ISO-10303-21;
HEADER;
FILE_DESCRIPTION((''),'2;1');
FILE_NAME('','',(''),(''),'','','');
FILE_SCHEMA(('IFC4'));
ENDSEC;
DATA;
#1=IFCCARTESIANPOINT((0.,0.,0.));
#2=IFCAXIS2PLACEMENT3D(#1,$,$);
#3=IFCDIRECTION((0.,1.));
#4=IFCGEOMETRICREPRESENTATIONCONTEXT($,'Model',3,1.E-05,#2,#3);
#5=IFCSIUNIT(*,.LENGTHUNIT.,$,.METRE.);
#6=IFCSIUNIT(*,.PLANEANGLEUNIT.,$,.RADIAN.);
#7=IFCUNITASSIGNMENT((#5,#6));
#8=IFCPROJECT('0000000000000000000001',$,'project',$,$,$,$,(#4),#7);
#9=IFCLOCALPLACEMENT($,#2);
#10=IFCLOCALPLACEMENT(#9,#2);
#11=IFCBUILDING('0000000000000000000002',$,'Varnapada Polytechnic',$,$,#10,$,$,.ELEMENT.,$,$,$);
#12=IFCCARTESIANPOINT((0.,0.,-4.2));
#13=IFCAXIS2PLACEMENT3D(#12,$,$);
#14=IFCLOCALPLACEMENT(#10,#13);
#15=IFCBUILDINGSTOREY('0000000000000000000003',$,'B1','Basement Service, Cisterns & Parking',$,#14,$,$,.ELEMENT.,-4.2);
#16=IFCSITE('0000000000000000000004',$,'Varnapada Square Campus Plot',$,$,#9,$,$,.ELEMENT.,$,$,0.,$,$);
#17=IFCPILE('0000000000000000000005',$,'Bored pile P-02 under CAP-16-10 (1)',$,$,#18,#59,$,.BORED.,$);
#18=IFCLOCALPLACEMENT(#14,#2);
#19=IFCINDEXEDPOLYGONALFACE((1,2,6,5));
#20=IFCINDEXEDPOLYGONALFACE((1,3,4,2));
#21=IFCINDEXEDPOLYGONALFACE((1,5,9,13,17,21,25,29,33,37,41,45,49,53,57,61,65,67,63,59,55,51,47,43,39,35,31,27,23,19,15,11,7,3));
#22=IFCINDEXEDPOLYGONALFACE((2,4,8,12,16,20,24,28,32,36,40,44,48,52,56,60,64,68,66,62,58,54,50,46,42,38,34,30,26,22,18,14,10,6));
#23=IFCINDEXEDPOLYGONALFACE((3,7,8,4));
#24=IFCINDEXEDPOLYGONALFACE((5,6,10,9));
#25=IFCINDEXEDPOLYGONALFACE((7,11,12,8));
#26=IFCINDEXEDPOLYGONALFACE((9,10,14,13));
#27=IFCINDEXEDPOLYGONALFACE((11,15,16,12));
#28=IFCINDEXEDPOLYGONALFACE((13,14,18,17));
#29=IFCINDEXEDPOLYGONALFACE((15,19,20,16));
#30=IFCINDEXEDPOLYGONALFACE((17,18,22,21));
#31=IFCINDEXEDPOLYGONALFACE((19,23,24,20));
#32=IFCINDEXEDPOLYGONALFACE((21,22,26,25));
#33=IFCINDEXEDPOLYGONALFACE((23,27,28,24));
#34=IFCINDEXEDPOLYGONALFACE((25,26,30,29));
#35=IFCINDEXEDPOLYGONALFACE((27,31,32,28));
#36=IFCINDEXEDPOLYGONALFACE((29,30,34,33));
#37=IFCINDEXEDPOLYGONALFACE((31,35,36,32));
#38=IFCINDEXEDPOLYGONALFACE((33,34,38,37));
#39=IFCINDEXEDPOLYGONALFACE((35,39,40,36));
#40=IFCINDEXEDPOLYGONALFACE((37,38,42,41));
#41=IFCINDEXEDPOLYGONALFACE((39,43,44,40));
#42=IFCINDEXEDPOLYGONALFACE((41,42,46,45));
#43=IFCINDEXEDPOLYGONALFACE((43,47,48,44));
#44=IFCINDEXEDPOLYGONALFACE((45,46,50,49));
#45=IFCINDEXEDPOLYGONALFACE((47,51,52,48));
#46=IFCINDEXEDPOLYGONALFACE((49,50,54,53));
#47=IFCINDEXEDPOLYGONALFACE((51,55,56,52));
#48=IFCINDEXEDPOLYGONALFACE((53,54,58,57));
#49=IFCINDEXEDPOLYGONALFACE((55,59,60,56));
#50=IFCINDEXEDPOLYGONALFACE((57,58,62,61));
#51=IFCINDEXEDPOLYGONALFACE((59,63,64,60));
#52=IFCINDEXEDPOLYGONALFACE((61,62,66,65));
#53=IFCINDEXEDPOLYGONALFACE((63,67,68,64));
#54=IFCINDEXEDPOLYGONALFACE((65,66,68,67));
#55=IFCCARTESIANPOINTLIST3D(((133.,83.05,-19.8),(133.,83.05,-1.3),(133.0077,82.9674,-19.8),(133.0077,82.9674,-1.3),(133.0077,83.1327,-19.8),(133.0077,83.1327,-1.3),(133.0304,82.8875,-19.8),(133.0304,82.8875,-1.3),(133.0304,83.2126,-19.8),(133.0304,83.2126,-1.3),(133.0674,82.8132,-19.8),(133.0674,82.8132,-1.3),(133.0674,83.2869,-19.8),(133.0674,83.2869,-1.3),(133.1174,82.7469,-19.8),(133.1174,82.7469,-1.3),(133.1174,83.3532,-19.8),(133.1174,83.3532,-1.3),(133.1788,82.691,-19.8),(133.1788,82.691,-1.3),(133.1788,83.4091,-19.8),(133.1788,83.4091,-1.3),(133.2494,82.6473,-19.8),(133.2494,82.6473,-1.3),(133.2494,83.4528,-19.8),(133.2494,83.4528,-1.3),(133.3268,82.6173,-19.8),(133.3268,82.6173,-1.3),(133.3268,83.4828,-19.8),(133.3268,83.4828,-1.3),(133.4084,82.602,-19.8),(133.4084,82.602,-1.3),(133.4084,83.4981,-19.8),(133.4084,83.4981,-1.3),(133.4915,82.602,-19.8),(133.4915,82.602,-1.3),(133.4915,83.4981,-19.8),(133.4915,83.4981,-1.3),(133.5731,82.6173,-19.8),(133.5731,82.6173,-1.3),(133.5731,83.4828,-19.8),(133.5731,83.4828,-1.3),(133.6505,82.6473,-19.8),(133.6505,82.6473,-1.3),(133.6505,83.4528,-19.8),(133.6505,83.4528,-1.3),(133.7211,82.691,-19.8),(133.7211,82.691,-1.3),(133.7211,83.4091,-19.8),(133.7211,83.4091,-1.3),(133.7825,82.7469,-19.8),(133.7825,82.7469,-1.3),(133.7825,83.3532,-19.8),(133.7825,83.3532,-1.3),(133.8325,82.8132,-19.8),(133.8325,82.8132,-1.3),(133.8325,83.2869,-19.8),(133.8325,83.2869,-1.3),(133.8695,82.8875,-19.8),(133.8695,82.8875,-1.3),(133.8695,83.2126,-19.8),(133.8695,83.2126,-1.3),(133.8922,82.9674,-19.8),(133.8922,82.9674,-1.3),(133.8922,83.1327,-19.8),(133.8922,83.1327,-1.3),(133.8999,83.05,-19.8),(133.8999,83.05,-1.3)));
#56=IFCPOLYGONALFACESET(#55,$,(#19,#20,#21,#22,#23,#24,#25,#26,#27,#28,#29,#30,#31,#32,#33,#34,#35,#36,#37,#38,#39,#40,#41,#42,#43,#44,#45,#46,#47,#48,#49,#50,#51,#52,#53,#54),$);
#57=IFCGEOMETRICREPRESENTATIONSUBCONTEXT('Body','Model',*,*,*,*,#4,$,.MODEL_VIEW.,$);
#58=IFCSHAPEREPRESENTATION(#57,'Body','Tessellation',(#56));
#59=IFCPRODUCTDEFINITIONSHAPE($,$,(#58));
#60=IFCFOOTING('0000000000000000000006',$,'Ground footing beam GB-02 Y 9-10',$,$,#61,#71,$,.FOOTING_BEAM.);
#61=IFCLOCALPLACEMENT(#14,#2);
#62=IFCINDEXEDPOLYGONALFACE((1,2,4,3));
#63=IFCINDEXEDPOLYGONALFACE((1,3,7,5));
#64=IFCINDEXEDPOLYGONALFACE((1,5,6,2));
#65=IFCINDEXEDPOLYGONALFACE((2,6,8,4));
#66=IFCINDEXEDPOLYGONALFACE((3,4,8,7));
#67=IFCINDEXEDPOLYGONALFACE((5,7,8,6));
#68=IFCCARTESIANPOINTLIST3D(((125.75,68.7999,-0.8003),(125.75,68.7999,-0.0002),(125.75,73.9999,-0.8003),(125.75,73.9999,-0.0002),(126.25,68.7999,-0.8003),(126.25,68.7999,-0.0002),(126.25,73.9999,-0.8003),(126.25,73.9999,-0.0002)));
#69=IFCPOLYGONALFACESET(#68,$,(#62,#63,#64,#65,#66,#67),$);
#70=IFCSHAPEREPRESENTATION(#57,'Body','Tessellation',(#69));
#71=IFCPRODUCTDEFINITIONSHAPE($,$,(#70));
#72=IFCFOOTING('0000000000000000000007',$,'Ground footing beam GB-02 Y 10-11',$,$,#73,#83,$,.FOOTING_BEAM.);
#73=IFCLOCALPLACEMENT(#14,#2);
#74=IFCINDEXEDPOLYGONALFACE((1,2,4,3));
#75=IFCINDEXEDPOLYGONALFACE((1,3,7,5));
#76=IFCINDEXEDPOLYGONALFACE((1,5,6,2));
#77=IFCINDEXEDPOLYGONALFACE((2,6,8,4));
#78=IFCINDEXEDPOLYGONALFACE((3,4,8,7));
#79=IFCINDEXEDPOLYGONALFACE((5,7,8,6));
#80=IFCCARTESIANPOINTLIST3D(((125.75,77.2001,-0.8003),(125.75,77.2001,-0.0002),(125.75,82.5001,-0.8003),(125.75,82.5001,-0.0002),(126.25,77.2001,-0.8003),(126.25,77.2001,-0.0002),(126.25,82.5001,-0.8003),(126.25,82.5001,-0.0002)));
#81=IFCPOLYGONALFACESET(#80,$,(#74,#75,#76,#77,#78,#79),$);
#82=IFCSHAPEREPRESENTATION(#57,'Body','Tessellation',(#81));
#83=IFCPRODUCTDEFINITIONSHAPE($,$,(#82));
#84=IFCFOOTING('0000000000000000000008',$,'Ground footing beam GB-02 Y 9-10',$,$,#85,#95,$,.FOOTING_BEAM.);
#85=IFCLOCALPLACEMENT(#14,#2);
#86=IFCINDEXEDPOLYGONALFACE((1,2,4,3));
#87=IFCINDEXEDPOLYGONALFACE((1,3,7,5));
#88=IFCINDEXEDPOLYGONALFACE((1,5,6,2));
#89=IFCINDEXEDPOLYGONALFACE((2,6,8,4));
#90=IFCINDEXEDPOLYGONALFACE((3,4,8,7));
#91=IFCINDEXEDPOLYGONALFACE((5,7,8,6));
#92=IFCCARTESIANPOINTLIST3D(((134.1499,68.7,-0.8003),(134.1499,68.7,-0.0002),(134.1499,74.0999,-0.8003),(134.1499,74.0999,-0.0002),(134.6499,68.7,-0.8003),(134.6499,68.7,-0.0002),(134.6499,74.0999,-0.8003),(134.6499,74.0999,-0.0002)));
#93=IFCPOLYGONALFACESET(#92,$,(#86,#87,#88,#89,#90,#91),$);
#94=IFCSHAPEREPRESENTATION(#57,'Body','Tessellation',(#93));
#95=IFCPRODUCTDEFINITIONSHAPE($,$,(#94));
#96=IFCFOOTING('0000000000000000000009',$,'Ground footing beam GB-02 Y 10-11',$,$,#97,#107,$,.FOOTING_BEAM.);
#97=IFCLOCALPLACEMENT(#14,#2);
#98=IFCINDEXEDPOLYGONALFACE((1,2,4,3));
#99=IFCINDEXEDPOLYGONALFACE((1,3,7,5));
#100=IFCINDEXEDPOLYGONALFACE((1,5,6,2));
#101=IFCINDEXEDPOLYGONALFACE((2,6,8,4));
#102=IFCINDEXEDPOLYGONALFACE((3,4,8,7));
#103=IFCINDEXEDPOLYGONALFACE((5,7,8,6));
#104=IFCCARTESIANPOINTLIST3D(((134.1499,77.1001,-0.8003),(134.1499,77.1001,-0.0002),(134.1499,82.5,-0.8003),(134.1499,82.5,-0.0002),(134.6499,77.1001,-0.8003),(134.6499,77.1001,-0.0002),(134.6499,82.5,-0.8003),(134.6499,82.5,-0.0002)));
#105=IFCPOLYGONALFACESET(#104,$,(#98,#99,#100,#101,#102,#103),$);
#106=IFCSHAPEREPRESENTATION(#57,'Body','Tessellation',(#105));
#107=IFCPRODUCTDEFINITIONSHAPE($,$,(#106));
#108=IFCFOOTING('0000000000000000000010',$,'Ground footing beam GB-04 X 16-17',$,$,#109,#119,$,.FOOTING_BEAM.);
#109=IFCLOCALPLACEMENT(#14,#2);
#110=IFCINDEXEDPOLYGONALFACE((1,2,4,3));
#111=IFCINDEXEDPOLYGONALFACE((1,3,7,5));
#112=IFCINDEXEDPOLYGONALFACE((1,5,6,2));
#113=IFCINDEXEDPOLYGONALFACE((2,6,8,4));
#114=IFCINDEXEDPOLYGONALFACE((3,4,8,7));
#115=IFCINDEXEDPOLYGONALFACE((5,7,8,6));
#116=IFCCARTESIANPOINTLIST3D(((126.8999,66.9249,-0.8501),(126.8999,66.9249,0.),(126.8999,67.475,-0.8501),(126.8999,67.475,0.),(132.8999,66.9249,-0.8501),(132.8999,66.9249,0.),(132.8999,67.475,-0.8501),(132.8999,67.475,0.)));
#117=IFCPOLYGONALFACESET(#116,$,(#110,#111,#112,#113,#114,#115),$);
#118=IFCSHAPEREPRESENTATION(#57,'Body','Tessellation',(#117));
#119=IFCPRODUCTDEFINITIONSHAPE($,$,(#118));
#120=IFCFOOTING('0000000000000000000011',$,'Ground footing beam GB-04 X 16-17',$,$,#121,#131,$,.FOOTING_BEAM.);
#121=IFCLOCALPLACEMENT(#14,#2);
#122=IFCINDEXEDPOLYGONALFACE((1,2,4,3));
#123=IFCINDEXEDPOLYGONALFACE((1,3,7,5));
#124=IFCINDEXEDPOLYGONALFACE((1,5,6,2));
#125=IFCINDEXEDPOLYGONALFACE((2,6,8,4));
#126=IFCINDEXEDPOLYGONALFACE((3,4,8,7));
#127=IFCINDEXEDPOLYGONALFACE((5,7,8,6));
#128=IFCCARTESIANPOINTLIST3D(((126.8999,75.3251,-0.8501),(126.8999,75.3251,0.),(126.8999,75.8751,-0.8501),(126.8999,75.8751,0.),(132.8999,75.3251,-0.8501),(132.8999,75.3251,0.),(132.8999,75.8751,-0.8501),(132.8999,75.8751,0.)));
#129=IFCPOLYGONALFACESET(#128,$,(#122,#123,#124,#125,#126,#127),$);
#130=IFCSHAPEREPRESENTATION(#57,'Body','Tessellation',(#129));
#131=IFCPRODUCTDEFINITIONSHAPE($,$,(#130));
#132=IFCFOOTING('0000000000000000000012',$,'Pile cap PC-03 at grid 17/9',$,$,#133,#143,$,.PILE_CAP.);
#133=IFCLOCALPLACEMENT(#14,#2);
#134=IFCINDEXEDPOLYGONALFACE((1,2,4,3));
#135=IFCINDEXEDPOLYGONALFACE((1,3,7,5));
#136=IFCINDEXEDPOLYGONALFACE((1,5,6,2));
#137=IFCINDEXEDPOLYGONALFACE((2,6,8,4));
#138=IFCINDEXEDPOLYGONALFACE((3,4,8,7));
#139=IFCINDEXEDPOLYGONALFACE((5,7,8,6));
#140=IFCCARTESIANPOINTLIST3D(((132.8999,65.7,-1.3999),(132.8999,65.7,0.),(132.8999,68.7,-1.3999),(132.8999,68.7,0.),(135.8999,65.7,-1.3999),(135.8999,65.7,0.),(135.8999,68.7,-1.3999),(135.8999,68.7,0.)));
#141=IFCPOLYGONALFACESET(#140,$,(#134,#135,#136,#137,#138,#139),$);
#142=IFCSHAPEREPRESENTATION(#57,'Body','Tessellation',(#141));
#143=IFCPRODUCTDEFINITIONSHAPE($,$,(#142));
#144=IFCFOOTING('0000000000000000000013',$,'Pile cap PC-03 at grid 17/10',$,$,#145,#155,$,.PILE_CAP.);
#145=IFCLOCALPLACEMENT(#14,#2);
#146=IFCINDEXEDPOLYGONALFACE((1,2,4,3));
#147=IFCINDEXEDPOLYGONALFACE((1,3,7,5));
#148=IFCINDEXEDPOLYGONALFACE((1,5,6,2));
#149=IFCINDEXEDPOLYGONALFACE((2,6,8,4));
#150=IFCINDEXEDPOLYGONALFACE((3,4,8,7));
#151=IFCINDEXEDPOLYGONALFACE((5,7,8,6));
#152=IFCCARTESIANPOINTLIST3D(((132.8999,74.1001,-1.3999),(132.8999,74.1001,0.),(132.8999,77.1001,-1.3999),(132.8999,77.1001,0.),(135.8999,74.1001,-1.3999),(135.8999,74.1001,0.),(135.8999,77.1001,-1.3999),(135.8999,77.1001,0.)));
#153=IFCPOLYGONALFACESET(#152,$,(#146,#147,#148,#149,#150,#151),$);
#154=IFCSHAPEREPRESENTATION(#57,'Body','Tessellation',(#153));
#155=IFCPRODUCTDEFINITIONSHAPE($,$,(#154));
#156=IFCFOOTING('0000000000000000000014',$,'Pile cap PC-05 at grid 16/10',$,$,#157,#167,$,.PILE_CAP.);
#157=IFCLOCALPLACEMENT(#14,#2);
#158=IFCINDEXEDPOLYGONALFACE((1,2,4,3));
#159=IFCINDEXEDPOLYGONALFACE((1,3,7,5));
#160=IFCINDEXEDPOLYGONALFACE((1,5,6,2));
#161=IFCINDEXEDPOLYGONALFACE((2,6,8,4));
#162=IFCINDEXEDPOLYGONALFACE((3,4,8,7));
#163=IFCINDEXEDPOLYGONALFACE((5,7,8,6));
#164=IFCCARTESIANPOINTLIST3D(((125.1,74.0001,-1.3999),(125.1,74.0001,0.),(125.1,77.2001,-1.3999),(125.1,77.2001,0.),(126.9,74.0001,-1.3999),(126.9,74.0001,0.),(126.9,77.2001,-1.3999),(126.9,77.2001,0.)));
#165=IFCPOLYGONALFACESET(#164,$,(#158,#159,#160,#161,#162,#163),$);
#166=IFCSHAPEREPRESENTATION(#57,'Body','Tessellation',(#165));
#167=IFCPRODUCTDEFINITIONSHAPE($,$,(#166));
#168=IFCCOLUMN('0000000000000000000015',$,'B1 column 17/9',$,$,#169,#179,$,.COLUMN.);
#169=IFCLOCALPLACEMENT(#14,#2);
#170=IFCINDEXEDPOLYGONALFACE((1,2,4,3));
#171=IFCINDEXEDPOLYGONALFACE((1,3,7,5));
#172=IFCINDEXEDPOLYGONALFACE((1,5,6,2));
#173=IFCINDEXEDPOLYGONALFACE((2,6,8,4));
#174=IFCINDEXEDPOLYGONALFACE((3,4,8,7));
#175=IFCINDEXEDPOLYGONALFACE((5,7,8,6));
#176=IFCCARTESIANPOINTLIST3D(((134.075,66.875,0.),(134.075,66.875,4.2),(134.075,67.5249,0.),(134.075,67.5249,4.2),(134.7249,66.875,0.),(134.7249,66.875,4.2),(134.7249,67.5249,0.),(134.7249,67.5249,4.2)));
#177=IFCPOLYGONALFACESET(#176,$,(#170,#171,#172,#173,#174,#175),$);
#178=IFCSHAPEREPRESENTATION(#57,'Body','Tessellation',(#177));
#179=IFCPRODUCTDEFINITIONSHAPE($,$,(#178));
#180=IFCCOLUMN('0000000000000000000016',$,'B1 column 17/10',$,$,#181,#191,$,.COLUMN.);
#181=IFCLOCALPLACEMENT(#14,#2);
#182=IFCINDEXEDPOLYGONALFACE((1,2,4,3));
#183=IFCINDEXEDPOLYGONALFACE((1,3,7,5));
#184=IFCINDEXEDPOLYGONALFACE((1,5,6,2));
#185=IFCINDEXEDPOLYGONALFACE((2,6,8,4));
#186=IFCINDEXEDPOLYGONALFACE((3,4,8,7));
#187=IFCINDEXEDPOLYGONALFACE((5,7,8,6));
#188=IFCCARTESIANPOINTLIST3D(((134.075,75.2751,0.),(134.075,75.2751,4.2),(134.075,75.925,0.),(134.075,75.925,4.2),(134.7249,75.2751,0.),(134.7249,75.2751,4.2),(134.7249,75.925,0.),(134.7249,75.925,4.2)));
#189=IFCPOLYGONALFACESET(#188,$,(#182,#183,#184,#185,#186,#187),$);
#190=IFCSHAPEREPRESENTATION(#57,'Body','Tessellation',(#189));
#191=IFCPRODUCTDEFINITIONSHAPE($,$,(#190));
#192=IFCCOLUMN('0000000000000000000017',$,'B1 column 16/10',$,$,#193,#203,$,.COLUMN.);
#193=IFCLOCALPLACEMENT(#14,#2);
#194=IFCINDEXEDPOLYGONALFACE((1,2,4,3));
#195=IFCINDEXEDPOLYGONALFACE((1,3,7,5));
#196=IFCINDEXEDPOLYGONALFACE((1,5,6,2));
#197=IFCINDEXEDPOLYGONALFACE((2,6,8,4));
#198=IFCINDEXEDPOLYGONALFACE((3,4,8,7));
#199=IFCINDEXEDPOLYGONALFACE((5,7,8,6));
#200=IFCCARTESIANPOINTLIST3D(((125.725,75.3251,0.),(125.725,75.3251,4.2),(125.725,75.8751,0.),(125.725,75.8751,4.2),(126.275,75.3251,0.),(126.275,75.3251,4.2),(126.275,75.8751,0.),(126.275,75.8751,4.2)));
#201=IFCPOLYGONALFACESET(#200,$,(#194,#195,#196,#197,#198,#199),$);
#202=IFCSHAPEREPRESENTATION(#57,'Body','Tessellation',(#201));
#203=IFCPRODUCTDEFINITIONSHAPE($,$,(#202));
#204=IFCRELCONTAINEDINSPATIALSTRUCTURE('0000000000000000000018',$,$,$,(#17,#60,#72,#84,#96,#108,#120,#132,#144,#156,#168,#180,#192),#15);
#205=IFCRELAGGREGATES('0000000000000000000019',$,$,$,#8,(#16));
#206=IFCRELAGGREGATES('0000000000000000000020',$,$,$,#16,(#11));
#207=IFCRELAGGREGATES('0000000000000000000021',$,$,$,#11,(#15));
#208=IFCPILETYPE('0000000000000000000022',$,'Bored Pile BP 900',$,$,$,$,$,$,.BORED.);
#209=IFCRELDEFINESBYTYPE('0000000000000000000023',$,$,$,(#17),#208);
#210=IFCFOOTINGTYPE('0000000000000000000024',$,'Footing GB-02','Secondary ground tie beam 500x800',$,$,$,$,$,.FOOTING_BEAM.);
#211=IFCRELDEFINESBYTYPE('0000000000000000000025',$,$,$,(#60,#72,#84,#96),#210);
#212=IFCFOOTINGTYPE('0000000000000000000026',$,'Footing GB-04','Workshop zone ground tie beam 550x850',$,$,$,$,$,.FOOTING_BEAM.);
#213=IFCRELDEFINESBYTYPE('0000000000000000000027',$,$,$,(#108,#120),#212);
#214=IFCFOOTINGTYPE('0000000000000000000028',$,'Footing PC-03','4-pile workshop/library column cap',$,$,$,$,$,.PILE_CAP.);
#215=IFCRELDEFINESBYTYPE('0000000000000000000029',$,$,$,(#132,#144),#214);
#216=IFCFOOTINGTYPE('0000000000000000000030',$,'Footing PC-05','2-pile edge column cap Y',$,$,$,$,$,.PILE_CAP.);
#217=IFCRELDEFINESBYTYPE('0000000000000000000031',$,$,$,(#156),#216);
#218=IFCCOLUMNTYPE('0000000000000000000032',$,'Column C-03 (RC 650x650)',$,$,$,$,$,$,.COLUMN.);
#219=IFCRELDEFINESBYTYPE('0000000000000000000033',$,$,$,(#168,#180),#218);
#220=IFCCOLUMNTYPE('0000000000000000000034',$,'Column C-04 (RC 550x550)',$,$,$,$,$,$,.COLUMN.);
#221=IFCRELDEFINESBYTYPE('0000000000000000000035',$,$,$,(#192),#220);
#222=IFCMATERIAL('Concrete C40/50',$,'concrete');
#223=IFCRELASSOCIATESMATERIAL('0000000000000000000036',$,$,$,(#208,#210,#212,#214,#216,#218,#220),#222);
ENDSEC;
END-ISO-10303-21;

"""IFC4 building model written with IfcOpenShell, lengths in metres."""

from ifc_helpers import new_model, si_unit, direction, frame, origin, origin_2d, place, context, subcontext, project, spatial, rectangle, circle, extrude, material, material_profile, profile_set, type_object, element, save


model = new_model("IFC4")

# Units and contexts
model_context = context("Model", 3, precision=1e-05, world=origin(), true_north=direction((0.0, 1.0)))
body_context = subcontext(model_context, "Body", "Model", "MODEL_VIEW")
ifc_project = project(units=[si_unit("LENGTHUNIT", "METRE"), si_unit("PLANEANGLEUNIT", "RADIAN")], contexts=[model_context])

# Site, building, storey
site_placement = place(None, origin())
site = spatial("IfcSite", under=ifc_project, at=site_placement, Name="Varnapada Square Campus Plot", CompositionType="ELEMENT", RefElevation=0.0)
building_placement = place(site_placement, origin())
building = spatial("IfcBuilding", under=site, at=building_placement, Name="Varnapada Polytechnic", CompositionType="ELEMENT")
storey_placement = place(building_placement, frame((0.0, 0.0, -4.2)))
storey = spatial("IfcBuildingStorey", under=building, at=storey_placement, Name="B1", Description="Basement Service, Cisterns & Parking", CompositionType="ELEMENT", Elevation=-4.2)

# Pile
ifc_material_1 = material(Name="Concrete C40/50", Category="concrete")
ifc_material_profile_1 = material_profile(ifc_material_1, circle(Radius=0.45, at=origin_2d()), Name="BP 900")
ifc_profile_set_1 = profile_set([ifc_material_profile_1], Name="Concrete C40/50")
pile_type_1 = type_object("IfcPileType", Name="Bored Pile BP 900", PredefinedType="BORED", material=ifc_profile_set_1)
for number, where, z_axis, x_axis, name in (
    (1, (133.45, 83.05, -1.3), (0.0, 0.0, -1.0), (1.0, 0.0, 0.0), "Bored pile P-02 under CAP-16-10 (1)"),
):
    element("IfcPile", number, at=place(storey_placement, frame(where, z_axis=z_axis, x_axis=x_axis)), inside=storey, type_object=pile_type_1, Name=name, PredefinedType="BORED", context=body_context, shape_type="SweptSolid", body=[
        extrude(circle(Radius=0.45, at=origin_2d()), origin(), (0.0, 0.0, 1.0), 18.5),
    ])

# Footings
footing_type_1 = type_object("IfcFootingType", Name="Footing GB-02", Description="Secondary ground tie beam 500x800", PredefinedType="FOOTING_BEAM", material=ifc_material_1)
footing_1_placement = place(storey_placement, frame((126.0, 71.3999, -0.8003), z_axis=(0.0, 0.0, 1.0), x_axis=(0.0, 1.0, 0.0)))
element("IfcFooting", 2, at=footing_1_placement, inside=storey, type_object=footing_type_1, Name="Ground footing beam GB-02 Y 9-10", PredefinedType="FOOTING_BEAM", context=body_context, shape_type="SweptSolid", body=[
    extrude(rectangle(XDim=5.2, YDim=0.5, at=origin_2d()), origin(), (0.0, 0.0, 1.0), 0.8),
])
footing_2_placement = place(storey_placement, frame((126.0, 79.8501, -0.8003), z_axis=(0.0, 0.0, 1.0), x_axis=(0.0, 1.0, 0.0)))
element("IfcFooting", 3, at=footing_2_placement, inside=storey, type_object=footing_type_1, Name="Ground footing beam GB-02 Y 10-11", PredefinedType="FOOTING_BEAM", context=body_context, shape_type="SweptSolid", body=[
    extrude(rectangle(XDim=5.3, YDim=0.5, at=origin_2d()), origin(), (0.0, 0.0, 1.0), 0.8),
])
for number, where, z_axis, x_axis, name in (
    (4, (134.3999, 71.3999, -0.8003), (0.0, 0.0, 1.0), (0.0, 1.0, 0.0), "Ground footing beam GB-02 Y 9-10"),
    (5, (134.3999, 79.8, -0.8003), (0.0, 0.0, 1.0), (0.0, 1.0, 0.0), "Ground footing beam GB-02 Y 10-11"),
):
    element("IfcFooting", number, at=place(storey_placement, frame(where, z_axis=z_axis, x_axis=x_axis)), inside=storey, type_object=footing_type_1, Name=name, PredefinedType="FOOTING_BEAM", context=body_context, shape_type="SweptSolid", body=[
        extrude(rectangle(XDim=5.3999, YDim=0.5, at=origin_2d()), origin(), (0.0, 0.0, 1.0), 0.8),
    ])
footing_type_2 = type_object("IfcFootingType", Name="Footing GB-04", Description="Workshop zone ground tie beam 550x850", PredefinedType="FOOTING_BEAM", material=ifc_material_1)
for number, where, z_axis, x_axis, name in (
    (6, (129.8999, 67.2, -0.8501), (0.0, 0.0, 1.0), (1.0, 0.0, 0.0), "Ground footing beam GB-04 X 16-17"),
    (7, (129.8999, 75.6001, -0.8501), (0.0, 0.0, 1.0), (1.0, 0.0, 0.0), "Ground footing beam GB-04 X 16-17"),
):
    element("IfcFooting", number, at=place(storey_placement, frame(where, z_axis=z_axis, x_axis=x_axis)), inside=storey, type_object=footing_type_2, Name=name, PredefinedType="FOOTING_BEAM", context=body_context, shape_type="SweptSolid", body=[
        extrude(rectangle(XDim=6.0, YDim=0.55, at=origin_2d()), origin(), (0.0, 0.0, 1.0), 0.8501),
    ])
footing_type_3 = type_object("IfcFootingType", Name="Footing PC-03", Description="4-pile workshop/library column cap", PredefinedType="PILE_CAP", material=ifc_material_1)
for number, where, z_axis, x_axis, name in (
    (8, (134.3999, 67.2, -1.3999), (0.0, 0.0, 1.0), (1.0, 0.0, 0.0), "Pile cap PC-03 at grid 17/9"),
    (9, (134.3999, 75.6001, -1.3999), (0.0, 0.0, 1.0), (1.0, 0.0, 0.0), "Pile cap PC-03 at grid 17/10"),
):
    element("IfcFooting", number, at=place(storey_placement, frame(where, z_axis=z_axis, x_axis=x_axis)), inside=storey, type_object=footing_type_3, Name=name, PredefinedType="PILE_CAP", context=body_context, shape_type="SweptSolid", body=[
        extrude(rectangle(XDim=3.0, YDim=3.0, at=origin_2d()), origin(), (0.0, 0.0, 1.0), 1.3999),
    ])
footing_type_4 = type_object("IfcFootingType", Name="Footing PC-05", Description="2-pile edge column cap Y", PredefinedType="PILE_CAP", material=ifc_material_1)
footing_3_placement = place(storey_placement, frame((126.0, 75.6001, -1.3999), z_axis=(0.0, 0.0, 1.0), x_axis=(1.0, 0.0, 0.0)))
element("IfcFooting", 10, at=footing_3_placement, inside=storey, type_object=footing_type_4, Name="Pile cap PC-05 at grid 16/10", PredefinedType="PILE_CAP", context=body_context, shape_type="SweptSolid", body=[
    extrude(rectangle(XDim=1.8, YDim=3.2, at=origin_2d()), origin(), (0.0, 0.0, 1.0), 1.3999),
])

# Columns
ifc_material_profile_2 = material_profile(ifc_material_1, rectangle(XDim=0.6499, YDim=0.6499, at=origin_2d()), Name="RC 650x650")
ifc_profile_set_2 = profile_set([ifc_material_profile_2], Name="Concrete C40/50")
column_type_1 = type_object("IfcColumnType", Name="Column C-03 (RC 650x650)", PredefinedType="COLUMN", material=ifc_profile_set_2)
for number, where, z_axis, x_axis, name in (
    (11, (134.3999, 67.2, 0.0), (0.0, 0.0, 1.0), (1.0, 0.0, 0.0), "B1 column 17/9"),
    (12, (134.3999, 75.6001, 0.0), (0.0, 0.0, 1.0), (1.0, 0.0, 0.0), "B1 column 17/10"),
):
    element("IfcColumn", number, at=place(storey_placement, frame(where, z_axis=z_axis, x_axis=x_axis)), inside=storey, type_object=column_type_1, Name=name, PredefinedType="COLUMN", context=body_context, shape_type="SweptSolid", body=[
        extrude(rectangle(XDim=0.6499, YDim=0.6499, at=origin_2d()), origin(), (0.0, 0.0, 1.0), 4.2),
    ])
ifc_material_profile_3 = material_profile(ifc_material_1, rectangle(XDim=0.55, YDim=0.55, at=origin_2d()), Name="RC 550x550")
ifc_profile_set_3 = profile_set([ifc_material_profile_3], Name="Concrete C40/50")
column_type_2 = type_object("IfcColumnType", Name="Column C-04 (RC 550x550)", PredefinedType="COLUMN", material=ifc_profile_set_3)
column_placement = place(storey_placement, frame((126.0, 75.6001, 0.0), z_axis=(0.0, 0.0, 1.0), x_axis=(1.0, 0.0, 0.0)))
element("IfcColumn", 13, at=column_placement, inside=storey, type_object=column_type_2, Name="B1 column 16/10", PredefinedType="COLUMN", context=body_context, shape_type="SweptSolid", body=[
    extrude(rectangle(XDim=0.55, YDim=0.55, at=origin_2d()), origin(), (0.0, 0.0, 1.0), 4.2),
])

save(model, "model.ifc")
